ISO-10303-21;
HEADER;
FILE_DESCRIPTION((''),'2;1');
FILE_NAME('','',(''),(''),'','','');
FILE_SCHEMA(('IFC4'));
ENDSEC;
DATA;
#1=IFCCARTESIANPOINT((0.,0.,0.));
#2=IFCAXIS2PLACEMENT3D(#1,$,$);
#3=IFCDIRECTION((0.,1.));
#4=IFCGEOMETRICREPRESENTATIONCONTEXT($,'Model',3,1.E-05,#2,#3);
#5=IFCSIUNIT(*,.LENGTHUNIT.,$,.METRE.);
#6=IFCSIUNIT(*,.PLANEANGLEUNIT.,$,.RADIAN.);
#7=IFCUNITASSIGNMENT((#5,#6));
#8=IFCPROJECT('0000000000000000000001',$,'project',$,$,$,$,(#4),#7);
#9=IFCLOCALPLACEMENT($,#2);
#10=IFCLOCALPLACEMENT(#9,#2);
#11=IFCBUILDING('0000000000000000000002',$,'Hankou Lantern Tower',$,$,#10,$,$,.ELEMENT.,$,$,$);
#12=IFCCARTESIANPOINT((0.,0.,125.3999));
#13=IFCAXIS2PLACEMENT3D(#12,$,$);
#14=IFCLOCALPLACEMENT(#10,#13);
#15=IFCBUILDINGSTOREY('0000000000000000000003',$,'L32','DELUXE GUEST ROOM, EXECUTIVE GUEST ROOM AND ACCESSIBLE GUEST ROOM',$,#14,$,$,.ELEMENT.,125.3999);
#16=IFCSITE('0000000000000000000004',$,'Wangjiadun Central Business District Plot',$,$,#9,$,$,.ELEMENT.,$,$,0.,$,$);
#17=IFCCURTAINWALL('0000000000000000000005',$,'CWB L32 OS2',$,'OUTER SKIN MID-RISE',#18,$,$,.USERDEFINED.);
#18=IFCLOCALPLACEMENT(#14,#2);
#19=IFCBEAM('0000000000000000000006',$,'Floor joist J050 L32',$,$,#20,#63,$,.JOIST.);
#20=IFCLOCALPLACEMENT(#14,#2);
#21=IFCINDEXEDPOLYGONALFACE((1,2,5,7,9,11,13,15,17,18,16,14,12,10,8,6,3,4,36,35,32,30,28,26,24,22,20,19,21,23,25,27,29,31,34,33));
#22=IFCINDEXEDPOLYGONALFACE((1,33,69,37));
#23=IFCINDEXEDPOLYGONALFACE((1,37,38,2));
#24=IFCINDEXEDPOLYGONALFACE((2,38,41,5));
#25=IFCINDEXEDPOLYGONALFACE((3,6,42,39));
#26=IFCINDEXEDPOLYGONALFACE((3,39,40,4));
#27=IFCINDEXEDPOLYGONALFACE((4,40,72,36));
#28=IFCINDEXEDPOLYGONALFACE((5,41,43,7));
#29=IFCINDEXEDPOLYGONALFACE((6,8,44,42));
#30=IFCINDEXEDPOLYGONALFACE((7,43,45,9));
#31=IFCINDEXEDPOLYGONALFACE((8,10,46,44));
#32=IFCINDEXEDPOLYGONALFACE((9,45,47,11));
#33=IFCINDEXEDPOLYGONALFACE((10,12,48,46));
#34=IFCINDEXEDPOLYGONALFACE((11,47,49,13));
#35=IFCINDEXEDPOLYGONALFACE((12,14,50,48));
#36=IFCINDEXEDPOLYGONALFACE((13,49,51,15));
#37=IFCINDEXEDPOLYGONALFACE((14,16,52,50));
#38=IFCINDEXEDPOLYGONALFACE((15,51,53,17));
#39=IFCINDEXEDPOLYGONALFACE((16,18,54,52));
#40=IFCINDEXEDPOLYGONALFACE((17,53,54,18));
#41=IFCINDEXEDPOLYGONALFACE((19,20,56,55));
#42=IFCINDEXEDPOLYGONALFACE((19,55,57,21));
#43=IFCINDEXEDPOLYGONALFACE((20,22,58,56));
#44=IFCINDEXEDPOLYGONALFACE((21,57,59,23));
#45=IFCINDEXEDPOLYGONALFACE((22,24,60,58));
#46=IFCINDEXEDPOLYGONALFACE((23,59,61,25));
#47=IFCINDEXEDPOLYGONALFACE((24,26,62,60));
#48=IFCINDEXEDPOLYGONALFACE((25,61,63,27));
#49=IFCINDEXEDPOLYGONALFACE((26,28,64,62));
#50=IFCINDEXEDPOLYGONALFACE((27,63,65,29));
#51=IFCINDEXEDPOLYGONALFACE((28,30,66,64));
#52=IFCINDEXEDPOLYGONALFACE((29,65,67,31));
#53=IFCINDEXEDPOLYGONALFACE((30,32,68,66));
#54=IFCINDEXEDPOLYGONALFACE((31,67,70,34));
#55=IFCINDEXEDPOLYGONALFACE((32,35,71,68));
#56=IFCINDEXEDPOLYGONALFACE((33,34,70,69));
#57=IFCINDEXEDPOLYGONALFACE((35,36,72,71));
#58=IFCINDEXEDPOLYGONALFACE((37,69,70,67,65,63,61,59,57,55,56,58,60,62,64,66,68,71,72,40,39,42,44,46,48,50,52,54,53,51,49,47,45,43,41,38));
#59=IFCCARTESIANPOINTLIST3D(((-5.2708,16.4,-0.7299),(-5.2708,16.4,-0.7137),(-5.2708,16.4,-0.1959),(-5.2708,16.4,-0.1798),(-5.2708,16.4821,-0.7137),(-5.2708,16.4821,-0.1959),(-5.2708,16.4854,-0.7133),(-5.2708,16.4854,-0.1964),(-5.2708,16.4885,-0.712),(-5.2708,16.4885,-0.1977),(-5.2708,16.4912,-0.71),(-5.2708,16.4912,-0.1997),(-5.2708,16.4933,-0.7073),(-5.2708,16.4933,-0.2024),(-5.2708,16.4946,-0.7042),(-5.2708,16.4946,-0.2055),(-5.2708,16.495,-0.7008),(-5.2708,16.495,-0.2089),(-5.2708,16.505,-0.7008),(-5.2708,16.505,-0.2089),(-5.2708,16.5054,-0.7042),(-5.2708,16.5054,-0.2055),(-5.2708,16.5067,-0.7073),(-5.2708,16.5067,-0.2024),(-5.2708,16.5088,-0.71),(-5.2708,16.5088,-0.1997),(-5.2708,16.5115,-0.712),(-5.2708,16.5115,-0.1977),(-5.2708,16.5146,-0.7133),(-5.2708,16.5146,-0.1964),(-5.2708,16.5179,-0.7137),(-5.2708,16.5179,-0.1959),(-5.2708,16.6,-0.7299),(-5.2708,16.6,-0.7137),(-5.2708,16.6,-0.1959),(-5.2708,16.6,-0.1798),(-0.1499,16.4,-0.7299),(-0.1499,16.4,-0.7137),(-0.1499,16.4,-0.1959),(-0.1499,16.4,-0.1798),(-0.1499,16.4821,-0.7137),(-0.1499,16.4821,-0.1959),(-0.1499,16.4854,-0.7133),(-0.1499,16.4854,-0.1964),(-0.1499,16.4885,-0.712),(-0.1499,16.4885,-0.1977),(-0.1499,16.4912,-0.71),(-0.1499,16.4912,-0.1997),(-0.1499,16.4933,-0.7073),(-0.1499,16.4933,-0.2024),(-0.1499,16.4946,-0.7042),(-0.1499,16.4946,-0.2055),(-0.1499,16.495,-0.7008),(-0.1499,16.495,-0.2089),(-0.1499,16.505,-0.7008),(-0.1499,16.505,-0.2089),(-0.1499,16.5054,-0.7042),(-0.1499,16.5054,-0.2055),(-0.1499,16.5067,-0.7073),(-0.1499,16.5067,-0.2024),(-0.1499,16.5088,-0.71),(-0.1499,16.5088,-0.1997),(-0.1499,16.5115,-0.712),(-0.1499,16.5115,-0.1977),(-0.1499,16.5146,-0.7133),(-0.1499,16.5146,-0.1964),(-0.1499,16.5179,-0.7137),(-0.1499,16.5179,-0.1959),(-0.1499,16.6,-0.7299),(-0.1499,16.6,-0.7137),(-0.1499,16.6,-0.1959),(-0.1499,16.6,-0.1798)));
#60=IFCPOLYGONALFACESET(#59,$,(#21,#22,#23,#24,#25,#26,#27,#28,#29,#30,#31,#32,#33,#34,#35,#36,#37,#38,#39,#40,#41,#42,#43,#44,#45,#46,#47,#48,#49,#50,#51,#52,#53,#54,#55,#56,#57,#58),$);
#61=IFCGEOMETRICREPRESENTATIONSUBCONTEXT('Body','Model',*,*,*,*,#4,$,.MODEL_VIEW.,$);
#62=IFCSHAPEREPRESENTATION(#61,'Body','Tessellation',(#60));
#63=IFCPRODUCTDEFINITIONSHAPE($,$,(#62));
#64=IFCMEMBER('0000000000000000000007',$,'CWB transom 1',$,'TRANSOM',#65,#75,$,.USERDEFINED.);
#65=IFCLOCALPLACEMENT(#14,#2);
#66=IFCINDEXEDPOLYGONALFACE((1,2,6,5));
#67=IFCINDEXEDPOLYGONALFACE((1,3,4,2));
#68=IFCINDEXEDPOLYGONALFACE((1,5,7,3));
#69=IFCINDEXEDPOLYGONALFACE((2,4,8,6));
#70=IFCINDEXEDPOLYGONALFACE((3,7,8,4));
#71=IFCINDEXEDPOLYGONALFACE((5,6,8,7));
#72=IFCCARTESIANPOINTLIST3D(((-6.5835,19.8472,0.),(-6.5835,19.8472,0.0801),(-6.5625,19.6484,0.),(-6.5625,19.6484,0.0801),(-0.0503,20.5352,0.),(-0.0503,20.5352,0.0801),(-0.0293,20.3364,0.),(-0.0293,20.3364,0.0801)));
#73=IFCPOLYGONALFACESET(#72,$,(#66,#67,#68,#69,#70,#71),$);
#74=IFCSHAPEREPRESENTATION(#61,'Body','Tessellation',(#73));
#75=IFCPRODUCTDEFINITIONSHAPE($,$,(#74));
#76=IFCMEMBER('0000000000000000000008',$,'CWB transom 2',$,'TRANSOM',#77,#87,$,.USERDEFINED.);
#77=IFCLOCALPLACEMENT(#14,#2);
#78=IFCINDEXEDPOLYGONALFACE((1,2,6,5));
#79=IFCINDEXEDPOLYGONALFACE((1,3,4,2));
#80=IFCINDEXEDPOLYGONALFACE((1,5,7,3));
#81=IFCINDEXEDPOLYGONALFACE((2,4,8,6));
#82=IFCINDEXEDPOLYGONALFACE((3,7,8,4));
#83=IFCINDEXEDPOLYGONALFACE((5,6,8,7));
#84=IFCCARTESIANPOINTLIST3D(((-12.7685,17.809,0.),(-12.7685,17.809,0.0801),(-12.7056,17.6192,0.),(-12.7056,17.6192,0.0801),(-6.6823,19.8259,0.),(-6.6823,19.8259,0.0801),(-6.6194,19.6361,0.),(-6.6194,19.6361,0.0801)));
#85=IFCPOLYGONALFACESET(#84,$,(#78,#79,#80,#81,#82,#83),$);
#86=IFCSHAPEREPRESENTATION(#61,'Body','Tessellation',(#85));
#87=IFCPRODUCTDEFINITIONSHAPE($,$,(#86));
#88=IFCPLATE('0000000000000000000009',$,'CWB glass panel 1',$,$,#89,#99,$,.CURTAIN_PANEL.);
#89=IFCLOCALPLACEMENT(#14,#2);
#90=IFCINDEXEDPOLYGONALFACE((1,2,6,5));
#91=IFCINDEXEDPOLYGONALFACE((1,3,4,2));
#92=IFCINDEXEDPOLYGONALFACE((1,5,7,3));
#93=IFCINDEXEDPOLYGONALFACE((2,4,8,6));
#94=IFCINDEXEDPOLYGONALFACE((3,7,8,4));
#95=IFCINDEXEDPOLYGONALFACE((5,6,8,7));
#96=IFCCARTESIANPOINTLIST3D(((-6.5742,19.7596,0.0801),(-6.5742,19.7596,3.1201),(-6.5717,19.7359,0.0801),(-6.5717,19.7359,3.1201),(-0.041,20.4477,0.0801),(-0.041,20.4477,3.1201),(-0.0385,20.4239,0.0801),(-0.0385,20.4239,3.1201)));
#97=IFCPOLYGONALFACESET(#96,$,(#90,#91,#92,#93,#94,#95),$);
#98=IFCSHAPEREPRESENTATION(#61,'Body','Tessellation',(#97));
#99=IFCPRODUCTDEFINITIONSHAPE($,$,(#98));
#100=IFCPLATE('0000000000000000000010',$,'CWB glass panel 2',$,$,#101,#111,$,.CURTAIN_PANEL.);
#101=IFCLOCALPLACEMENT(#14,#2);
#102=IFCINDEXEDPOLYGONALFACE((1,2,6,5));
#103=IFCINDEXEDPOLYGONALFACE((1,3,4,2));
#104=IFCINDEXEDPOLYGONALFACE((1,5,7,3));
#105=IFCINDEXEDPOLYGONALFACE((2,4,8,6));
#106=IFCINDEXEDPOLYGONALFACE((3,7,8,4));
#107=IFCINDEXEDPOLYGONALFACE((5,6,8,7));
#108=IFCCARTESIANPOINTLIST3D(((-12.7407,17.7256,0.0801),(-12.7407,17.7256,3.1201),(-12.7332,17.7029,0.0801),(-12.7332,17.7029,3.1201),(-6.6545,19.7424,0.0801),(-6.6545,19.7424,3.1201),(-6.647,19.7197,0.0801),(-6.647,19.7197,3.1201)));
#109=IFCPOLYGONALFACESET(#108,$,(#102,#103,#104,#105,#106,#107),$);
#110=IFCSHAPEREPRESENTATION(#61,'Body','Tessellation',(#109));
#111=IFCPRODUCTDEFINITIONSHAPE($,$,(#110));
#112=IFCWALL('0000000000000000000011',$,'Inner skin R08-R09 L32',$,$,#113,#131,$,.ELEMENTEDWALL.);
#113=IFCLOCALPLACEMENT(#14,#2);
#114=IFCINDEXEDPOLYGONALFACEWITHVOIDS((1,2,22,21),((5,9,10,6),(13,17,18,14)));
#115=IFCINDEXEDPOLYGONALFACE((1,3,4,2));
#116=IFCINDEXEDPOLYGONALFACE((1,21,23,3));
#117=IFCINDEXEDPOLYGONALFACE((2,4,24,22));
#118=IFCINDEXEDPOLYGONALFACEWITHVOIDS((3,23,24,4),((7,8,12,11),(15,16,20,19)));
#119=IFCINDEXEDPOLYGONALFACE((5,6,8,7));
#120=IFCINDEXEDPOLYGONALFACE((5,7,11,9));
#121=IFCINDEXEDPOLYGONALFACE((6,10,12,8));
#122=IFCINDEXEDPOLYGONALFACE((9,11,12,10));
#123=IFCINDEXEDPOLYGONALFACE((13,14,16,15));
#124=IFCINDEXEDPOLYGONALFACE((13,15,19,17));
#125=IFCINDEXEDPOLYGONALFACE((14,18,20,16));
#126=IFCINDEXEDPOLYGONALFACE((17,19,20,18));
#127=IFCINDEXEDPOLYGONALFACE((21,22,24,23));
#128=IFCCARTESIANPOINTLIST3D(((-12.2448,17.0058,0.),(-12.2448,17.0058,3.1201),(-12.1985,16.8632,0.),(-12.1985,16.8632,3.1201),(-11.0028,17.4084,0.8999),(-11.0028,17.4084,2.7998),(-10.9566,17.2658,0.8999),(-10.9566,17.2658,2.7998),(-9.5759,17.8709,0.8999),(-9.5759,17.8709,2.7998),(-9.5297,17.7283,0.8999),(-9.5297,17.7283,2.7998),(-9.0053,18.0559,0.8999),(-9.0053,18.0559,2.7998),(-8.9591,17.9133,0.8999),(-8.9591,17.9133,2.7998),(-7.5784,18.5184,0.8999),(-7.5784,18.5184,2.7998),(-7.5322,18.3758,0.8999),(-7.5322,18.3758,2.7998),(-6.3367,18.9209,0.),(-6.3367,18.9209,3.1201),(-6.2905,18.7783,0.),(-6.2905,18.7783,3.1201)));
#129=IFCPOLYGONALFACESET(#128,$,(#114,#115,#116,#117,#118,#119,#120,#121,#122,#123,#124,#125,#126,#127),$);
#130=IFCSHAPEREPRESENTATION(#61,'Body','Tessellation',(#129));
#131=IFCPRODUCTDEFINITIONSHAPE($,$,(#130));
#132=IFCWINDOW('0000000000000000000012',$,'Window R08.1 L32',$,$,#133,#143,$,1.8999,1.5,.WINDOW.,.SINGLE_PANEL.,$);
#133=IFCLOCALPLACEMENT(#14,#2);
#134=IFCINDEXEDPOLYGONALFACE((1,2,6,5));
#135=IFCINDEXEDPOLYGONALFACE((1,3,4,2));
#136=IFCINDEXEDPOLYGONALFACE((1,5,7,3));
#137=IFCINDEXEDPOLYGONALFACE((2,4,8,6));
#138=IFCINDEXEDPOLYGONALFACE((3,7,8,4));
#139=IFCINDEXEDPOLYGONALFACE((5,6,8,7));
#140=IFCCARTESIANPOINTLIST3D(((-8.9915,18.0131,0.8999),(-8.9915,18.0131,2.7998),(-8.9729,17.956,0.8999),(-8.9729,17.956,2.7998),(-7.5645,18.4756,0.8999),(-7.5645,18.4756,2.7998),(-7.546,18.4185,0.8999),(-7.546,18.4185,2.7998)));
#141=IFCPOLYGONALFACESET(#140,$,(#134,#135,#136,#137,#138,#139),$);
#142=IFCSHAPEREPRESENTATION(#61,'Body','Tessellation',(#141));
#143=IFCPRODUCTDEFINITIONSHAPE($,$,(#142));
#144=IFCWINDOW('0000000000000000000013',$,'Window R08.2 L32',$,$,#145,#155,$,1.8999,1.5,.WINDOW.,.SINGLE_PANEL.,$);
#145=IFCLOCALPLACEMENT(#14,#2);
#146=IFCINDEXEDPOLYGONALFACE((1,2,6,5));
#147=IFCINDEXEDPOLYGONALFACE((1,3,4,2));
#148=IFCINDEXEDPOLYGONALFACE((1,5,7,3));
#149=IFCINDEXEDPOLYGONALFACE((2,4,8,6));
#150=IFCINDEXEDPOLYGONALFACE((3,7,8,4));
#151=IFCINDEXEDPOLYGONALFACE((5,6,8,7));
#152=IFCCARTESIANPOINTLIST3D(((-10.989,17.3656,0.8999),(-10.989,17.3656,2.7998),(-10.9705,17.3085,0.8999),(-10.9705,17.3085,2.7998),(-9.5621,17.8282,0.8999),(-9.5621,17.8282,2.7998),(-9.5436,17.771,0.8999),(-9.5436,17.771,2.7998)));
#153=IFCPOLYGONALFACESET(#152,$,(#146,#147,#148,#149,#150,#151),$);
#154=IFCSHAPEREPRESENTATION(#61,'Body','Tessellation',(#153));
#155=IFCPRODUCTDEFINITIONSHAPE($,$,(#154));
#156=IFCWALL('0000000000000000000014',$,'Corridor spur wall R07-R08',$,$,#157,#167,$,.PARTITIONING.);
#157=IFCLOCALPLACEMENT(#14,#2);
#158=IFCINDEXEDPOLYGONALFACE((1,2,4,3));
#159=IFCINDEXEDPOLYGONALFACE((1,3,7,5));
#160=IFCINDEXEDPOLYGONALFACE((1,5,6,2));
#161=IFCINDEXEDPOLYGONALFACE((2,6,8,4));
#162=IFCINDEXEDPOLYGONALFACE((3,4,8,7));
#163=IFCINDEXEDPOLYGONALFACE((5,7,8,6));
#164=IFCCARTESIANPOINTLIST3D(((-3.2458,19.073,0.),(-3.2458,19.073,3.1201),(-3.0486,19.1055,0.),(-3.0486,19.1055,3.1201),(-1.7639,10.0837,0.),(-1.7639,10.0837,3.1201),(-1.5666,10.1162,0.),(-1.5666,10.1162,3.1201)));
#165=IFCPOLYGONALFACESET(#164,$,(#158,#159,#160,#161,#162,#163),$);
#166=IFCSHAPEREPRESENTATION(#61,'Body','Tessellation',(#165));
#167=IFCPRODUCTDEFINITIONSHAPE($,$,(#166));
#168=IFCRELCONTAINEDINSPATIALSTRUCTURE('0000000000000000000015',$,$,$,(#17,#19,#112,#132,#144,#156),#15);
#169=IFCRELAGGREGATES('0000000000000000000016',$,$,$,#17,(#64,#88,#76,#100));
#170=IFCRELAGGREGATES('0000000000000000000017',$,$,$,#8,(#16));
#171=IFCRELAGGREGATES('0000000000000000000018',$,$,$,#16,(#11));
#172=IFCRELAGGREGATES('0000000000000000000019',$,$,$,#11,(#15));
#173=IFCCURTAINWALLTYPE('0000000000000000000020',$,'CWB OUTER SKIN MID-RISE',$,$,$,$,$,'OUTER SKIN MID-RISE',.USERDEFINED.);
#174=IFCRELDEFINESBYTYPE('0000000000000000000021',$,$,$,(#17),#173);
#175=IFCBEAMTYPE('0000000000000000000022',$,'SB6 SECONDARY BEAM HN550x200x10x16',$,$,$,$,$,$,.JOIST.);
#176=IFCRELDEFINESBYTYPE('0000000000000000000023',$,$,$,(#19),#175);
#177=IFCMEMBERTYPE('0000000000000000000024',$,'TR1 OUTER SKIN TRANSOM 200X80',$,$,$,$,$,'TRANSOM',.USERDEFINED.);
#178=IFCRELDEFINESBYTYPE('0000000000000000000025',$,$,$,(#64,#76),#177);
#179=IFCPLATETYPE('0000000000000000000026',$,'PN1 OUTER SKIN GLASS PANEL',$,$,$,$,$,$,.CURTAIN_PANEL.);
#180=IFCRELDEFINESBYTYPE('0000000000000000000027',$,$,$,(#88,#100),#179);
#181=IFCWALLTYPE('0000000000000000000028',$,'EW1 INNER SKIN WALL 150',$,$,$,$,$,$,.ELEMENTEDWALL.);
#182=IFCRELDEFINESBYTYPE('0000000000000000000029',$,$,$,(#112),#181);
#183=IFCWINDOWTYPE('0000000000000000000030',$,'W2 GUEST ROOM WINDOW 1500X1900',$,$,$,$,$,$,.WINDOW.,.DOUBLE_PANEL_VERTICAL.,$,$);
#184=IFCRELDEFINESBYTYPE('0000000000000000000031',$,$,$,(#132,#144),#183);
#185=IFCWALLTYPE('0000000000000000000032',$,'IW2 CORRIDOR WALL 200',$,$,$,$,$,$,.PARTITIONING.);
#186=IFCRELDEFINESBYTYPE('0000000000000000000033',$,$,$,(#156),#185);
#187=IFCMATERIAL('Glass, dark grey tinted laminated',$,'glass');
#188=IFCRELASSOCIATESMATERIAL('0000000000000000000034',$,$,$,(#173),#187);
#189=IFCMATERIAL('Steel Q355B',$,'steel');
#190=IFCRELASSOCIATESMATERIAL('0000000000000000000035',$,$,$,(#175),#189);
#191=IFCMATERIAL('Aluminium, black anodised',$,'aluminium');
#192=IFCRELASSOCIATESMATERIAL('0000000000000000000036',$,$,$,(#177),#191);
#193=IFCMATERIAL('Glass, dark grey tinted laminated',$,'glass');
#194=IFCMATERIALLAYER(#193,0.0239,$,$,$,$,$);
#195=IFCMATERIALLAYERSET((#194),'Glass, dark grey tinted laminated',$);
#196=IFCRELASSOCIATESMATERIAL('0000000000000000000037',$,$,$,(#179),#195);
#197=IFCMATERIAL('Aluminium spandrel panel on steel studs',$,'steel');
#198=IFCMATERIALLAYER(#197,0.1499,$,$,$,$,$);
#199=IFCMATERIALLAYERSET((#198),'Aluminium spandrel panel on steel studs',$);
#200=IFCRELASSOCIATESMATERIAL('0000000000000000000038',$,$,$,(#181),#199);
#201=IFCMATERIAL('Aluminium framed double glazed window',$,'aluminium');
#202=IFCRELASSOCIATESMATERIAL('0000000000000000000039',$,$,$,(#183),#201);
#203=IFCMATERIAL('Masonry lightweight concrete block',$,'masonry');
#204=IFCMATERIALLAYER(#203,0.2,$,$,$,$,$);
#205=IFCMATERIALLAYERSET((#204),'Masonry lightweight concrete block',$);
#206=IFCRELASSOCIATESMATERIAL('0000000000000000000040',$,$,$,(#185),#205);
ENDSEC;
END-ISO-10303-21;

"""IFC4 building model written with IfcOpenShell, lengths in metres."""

from ifc_helpers import new_model, si_unit, direction, frame, frame_2d, origin, origin_2d, place, context, subcontext, project, spatial, rectangle, i_section, extrude, material, layer, layer_set, material_profile, profile_set, type_object, element, fill, aggregate, save


model = new_model("IFC4")

# Units and contexts
model_context = context("Model", 3, precision=1e-05, world=origin(), true_north=direction((0.0, 1.0)))
body_context = subcontext(model_context, "Body", "Model", "MODEL_VIEW")
ifc_project = project(units=[si_unit("LENGTHUNIT", "METRE"), si_unit("PLANEANGLEUNIT", "RADIAN")], contexts=[model_context])

# Site, building, storey
site_placement = place(None, origin())
site = spatial("IfcSite", under=ifc_project, at=site_placement, Name="Wangjiadun Central Business District Plot", CompositionType="ELEMENT", RefElevation=0.0)
building_placement = place(site_placement, origin())
building = spatial("IfcBuilding", under=site, at=building_placement, Name="Hankou Lantern Tower", CompositionType="ELEMENT")
storey_placement = place(building_placement, frame((0.0, 0.0, 125.3999)))
storey = spatial("IfcBuildingStorey", under=building, at=storey_placement, Name="L32", Description="DELUXE GUEST ROOM, EXECUTIVE GUEST ROOM AND ACCESSIBLE GUEST ROOM", CompositionType="ELEMENT", Elevation=125.3999)

# Curtain wall
ifc_material_1 = material(Name="Glass, dark grey tinted laminated", Category="glass")
curtain_wall_type = type_object("IfcCurtainWallType", Name="CWB OUTER SKIN MID-RISE", ElementType="OUTER SKIN MID-RISE", PredefinedType="USERDEFINED", material=ifc_material_1)
curtain_wall_placement = place(storey_placement, origin())
curtain_wall = element("IfcCurtainWall", 1, at=curtain_wall_placement, inside=storey, type_object=curtain_wall_type, Name="CWB L32 OS2", ObjectType="OUTER SKIN MID-RISE", PredefinedType="USERDEFINED")

# Beam
ifc_material_2 = material(Name="Steel Q355B", Category="steel")
ifc_material_profile_1 = material_profile(ifc_material_2, i_section(OverallWidth=0.2, OverallDepth=0.55, WebThickness=0.01, FlangeThickness=0.0161, FilletRadius=0.0129, at=origin_2d()), Name="HN550x200x10x16")
ifc_profile_set_1 = profile_set([ifc_material_profile_1], Name="Steel Q355B")
beam_type_1 = type_object("IfcBeamType", Name="SB6 SECONDARY BEAM HN550x200x10x16", PredefinedType="JOIST", material=ifc_profile_set_1)
beam_1_placement = place(storey_placement, frame((-5.2708, 16.5, -0.4548), z_axis=(1.0, 0.0, 0.0), x_axis=(0.0, 1.0, 0.0)))
element("IfcBeam", 2, at=beam_1_placement, inside=storey, type_object=beam_type_1, Name="Floor joist J050 L32", PredefinedType="JOIST", context=body_context, shape_type="SweptSolid", body=[
    extrude(i_section(OverallWidth=0.2, OverallDepth=0.55, WebThickness=0.01, FlangeThickness=0.0161, FilletRadius=0.0129, at=origin_2d()), origin(), (0.0, 0.0, 1.0), 5.1208),
])

# Members
ifc_material_3 = material(Name="Aluminium, black anodised", Category="aluminium")
ifc_material_profile_2 = material_profile(ifc_material_3, rectangle(XDim=0.2, YDim=0.0801, at=origin_2d()), Name="TR1 200X80")
ifc_profile_set_2 = profile_set([ifc_material_profile_2], Name="Aluminium, black anodised")
member_type_1 = type_object("IfcMemberType", Name="TR1 OUTER SKIN TRANSOM 200X80", ElementType="TRANSOM", PredefinedType="USERDEFINED", material=ifc_profile_set_2)
member_1_placement = place(storey_placement, frame((-0.0398, 20.4358, 0.04), z_axis=(-0.994501, -0.104727, 0.0), x_axis=(0.104727, -0.994501, 0.0)))
member_1 = element("IfcMember", 3, at=member_1_placement, type_object=member_type_1, Name="CWB transom 1", ObjectType="TRANSOM", PredefinedType="USERDEFINED", context=body_context, shape_type="SweptSolid", body=[
    extrude(rectangle(XDim=0.2, YDim=0.0801, at=origin_2d()), origin(), (0.0, 0.0, 1.0), 6.5693),
])
member_2_placement = place(storey_placement, frame((-6.6509, 19.731, 0.04), z_axis=(-0.949238, -0.314559, 0.0), x_axis=(0.314559, -0.949238, 0.0)))
member_2 = element("IfcMember", 4, at=member_2_placement, type_object=member_type_1, Name="CWB transom 2", ObjectType="TRANSOM", PredefinedType="USERDEFINED", context=body_context, shape_type="SweptSolid", body=[
    extrude(rectangle(XDim=0.2, YDim=0.0801, at=origin_2d()), origin(), (0.0, 0.0, 1.0), 6.4116),
])

# Plates
ifc_material_4 = material(Name="Glass, dark grey tinted laminated", Category="glass")
ifc_layer_1 = layer(ifc_material_4, 0.0239)
ifc_layer_set_1 = layer_set([ifc_layer_1], Name="Glass, dark grey tinted laminated")
plate_type = type_object("IfcPlateType", Name="PN1 OUTER SKIN GLASS PANEL", PredefinedType="CURTAIN_PANEL", material=ifc_layer_set_1)
plate_1_placement = place(storey_placement, frame((-3.3064, 20.0918, 0.0801), z_axis=(0.0, 0.0, 1.0), x_axis=(-0.994499, -0.104743, 0.0)))
plate_1 = element("IfcPlate", 5, at=plate_1_placement, type_object=plate_type, Name="CWB glass panel 1", PredefinedType="CURTAIN_PANEL", context=body_context, shape_type="SweptSolid", body=[
    extrude(rectangle(XDim=6.5693, YDim=0.0239, at=origin_2d()), origin(), (0.0, 0.0, 1.0), 3.04),
])
plate_2_placement = place(storey_placement, frame((-9.6938, 18.7227, 0.0801), z_axis=(0.0, 0.0, 1.0), x_axis=(-0.949241, -0.314551, 0.0)))
plate_2 = element("IfcPlate", 6, at=plate_2_placement, type_object=plate_type, Name="CWB glass panel 2", PredefinedType="CURTAIN_PANEL", context=body_context, shape_type="SweptSolid", body=[
    extrude(rectangle(XDim=6.4116, YDim=0.0239, at=origin_2d()), origin(), (0.0, 0.0, 1.0), 3.04),
])
aggregate(curtain_wall, [member_1, plate_1, member_2, plate_2])

# Wall, openings, windows
ifc_material_5 = material(Name="Aluminium spandrel panel on steel studs", Category="steel")
ifc_layer_2 = layer(ifc_material_5, 0.1499)
ifc_layer_set_2 = layer_set([ifc_layer_2], Name="Aluminium spandrel panel on steel studs")
wall_type_1 = type_object("IfcWallType", Name="EW1 INNER SKIN WALL 150", PredefinedType="ELEMENTEDWALL", material=ifc_layer_set_2)
wall_1_placement = place(storey_placement, frame((-6.3135, 18.8496, 0.0), z_axis=(0.0, 0.0, 1.0), x_axis=(-0.951273, -0.308351, 0.0)))
wall_1 = element("IfcWall", 7, at=wall_1_placement, inside=storey, type_object=wall_type_1, Name="Inner skin R08-R09 L32", PredefinedType="ELEMENTEDWALL", context=body_context, shape_type="SweptSolid", body=[
    extrude(rectangle(XDim=6.2107, YDim=0.1499, at=frame_2d((3.1055, 0.0))), origin(), (0.0, 0.0, 1.0), 3.1201),
])
opening_1_placement = place(wall_1_placement, frame((1.3054, 0.0, 0.8999)))
opening_1 = element("IfcOpeningElement", 8, at=opening_1_placement, cuts=wall_1, PredefinedType="OPENING", context=body_context, shape_type="SweptSolid", body=[
    extrude(rectangle(XDim=1.5, YDim=1.8999, at=frame_2d((0.75, 0.95))), frame((0.0, 0.085, 0.0), z_axis=(0.0, -1.0, 0.0), x_axis=(1.0, 0.0, 0.0)), (0.0, 0.0, 1.0), 0.1699),
])
opening_2_placement = place(wall_1_placement, frame((3.4053, 0.0, 0.8999)))
opening_2 = element("IfcOpeningElement", 9, at=opening_2_placement, cuts=wall_1, PredefinedType="OPENING", context=body_context, shape_type="SweptSolid", body=[
    extrude(rectangle(XDim=1.5, YDim=1.8999, at=frame_2d((0.75, 0.95))), frame((0.0, 0.085, 0.0), z_axis=(0.0, -1.0, 0.0), x_axis=(1.0, 0.0, 0.0)), (0.0, 0.0, 1.0), 0.1699),
])
ifc_material_6 = material(Name="Aluminium framed double glazed window", Category="aluminium")
window_type = type_object("IfcWindowType", Name="W2 GUEST ROOM WINDOW 1500X1900", PartitioningType="DOUBLE_PANEL_VERTICAL", PredefinedType="WINDOW", material=ifc_material_6)
window_1_placement = place(opening_1_placement, origin())
window_1 = element("IfcWindow", 10, at=window_1_placement, inside=storey, type_object=window_type, Name="Window R08.1 L32", OverallHeight=1.8999, OverallWidth=1.5, PartitioningType="SINGLE_PANEL", PredefinedType="WINDOW", context=body_context, shape_type="SweptSolid", body=[
    extrude(rectangle(XDim=1.5, YDim=1.8999, at=frame_2d((0.75, 0.95))), frame((0.0, 0.03, 0.0), z_axis=(0.0, -1.0, 0.0), x_axis=(1.0, 0.0, 0.0)), (0.0, 0.0, 1.0), 0.0601),
])
fill(opening_1, window_1)
window_2_placement = place(opening_2_placement, origin())
window_2 = element("IfcWindow", 11, at=window_2_placement, inside=storey, type_object=window_type, Name="Window R08.2 L32", OverallHeight=1.8999, OverallWidth=1.5, PartitioningType="SINGLE_PANEL", PredefinedType="WINDOW", context=body_context, shape_type="SweptSolid", body=[
    extrude(rectangle(XDim=1.5, YDim=1.8999, at=frame_2d((0.75, 0.95))), frame((0.0, 0.03, 0.0), z_axis=(0.0, -1.0, 0.0), x_axis=(1.0, 0.0, 0.0)), (0.0, 0.0, 1.0), 0.0601),
])
fill(opening_2, window_2)

# Wall
ifc_material_7 = material(Name="Masonry lightweight concrete block", Category="masonry")
ifc_layer_3 = layer(ifc_material_7, 0.2)
ifc_layer_set_3 = layer_set([ifc_layer_3], Name="Masonry lightweight concrete block")
wall_type_2 = type_object("IfcWallType", Name="IW2 CORRIDOR WALL 200", PredefinedType="PARTITIONING", material=ifc_layer_set_3)
wall_2_placement = place(storey_placement, frame((-1.6653, 10.1001, 0.0), z_axis=(0.0, 0.0, 1.0), x_axis=(-0.162661, 0.986682, 0.0)))
element("IfcWall", 12, at=wall_2_placement, inside=storey, type_object=wall_type_2, Name="Corridor spur wall R07-R08", PredefinedType="PARTITIONING", context=body_context, shape_type="SweptSolid", body=[
    extrude(rectangle(XDim=9.1106, YDim=0.2, at=frame_2d((4.5552, 0.0))), origin(), (0.0, 0.0, 1.0), 3.1201),
])

save(model, "model.ifc")
